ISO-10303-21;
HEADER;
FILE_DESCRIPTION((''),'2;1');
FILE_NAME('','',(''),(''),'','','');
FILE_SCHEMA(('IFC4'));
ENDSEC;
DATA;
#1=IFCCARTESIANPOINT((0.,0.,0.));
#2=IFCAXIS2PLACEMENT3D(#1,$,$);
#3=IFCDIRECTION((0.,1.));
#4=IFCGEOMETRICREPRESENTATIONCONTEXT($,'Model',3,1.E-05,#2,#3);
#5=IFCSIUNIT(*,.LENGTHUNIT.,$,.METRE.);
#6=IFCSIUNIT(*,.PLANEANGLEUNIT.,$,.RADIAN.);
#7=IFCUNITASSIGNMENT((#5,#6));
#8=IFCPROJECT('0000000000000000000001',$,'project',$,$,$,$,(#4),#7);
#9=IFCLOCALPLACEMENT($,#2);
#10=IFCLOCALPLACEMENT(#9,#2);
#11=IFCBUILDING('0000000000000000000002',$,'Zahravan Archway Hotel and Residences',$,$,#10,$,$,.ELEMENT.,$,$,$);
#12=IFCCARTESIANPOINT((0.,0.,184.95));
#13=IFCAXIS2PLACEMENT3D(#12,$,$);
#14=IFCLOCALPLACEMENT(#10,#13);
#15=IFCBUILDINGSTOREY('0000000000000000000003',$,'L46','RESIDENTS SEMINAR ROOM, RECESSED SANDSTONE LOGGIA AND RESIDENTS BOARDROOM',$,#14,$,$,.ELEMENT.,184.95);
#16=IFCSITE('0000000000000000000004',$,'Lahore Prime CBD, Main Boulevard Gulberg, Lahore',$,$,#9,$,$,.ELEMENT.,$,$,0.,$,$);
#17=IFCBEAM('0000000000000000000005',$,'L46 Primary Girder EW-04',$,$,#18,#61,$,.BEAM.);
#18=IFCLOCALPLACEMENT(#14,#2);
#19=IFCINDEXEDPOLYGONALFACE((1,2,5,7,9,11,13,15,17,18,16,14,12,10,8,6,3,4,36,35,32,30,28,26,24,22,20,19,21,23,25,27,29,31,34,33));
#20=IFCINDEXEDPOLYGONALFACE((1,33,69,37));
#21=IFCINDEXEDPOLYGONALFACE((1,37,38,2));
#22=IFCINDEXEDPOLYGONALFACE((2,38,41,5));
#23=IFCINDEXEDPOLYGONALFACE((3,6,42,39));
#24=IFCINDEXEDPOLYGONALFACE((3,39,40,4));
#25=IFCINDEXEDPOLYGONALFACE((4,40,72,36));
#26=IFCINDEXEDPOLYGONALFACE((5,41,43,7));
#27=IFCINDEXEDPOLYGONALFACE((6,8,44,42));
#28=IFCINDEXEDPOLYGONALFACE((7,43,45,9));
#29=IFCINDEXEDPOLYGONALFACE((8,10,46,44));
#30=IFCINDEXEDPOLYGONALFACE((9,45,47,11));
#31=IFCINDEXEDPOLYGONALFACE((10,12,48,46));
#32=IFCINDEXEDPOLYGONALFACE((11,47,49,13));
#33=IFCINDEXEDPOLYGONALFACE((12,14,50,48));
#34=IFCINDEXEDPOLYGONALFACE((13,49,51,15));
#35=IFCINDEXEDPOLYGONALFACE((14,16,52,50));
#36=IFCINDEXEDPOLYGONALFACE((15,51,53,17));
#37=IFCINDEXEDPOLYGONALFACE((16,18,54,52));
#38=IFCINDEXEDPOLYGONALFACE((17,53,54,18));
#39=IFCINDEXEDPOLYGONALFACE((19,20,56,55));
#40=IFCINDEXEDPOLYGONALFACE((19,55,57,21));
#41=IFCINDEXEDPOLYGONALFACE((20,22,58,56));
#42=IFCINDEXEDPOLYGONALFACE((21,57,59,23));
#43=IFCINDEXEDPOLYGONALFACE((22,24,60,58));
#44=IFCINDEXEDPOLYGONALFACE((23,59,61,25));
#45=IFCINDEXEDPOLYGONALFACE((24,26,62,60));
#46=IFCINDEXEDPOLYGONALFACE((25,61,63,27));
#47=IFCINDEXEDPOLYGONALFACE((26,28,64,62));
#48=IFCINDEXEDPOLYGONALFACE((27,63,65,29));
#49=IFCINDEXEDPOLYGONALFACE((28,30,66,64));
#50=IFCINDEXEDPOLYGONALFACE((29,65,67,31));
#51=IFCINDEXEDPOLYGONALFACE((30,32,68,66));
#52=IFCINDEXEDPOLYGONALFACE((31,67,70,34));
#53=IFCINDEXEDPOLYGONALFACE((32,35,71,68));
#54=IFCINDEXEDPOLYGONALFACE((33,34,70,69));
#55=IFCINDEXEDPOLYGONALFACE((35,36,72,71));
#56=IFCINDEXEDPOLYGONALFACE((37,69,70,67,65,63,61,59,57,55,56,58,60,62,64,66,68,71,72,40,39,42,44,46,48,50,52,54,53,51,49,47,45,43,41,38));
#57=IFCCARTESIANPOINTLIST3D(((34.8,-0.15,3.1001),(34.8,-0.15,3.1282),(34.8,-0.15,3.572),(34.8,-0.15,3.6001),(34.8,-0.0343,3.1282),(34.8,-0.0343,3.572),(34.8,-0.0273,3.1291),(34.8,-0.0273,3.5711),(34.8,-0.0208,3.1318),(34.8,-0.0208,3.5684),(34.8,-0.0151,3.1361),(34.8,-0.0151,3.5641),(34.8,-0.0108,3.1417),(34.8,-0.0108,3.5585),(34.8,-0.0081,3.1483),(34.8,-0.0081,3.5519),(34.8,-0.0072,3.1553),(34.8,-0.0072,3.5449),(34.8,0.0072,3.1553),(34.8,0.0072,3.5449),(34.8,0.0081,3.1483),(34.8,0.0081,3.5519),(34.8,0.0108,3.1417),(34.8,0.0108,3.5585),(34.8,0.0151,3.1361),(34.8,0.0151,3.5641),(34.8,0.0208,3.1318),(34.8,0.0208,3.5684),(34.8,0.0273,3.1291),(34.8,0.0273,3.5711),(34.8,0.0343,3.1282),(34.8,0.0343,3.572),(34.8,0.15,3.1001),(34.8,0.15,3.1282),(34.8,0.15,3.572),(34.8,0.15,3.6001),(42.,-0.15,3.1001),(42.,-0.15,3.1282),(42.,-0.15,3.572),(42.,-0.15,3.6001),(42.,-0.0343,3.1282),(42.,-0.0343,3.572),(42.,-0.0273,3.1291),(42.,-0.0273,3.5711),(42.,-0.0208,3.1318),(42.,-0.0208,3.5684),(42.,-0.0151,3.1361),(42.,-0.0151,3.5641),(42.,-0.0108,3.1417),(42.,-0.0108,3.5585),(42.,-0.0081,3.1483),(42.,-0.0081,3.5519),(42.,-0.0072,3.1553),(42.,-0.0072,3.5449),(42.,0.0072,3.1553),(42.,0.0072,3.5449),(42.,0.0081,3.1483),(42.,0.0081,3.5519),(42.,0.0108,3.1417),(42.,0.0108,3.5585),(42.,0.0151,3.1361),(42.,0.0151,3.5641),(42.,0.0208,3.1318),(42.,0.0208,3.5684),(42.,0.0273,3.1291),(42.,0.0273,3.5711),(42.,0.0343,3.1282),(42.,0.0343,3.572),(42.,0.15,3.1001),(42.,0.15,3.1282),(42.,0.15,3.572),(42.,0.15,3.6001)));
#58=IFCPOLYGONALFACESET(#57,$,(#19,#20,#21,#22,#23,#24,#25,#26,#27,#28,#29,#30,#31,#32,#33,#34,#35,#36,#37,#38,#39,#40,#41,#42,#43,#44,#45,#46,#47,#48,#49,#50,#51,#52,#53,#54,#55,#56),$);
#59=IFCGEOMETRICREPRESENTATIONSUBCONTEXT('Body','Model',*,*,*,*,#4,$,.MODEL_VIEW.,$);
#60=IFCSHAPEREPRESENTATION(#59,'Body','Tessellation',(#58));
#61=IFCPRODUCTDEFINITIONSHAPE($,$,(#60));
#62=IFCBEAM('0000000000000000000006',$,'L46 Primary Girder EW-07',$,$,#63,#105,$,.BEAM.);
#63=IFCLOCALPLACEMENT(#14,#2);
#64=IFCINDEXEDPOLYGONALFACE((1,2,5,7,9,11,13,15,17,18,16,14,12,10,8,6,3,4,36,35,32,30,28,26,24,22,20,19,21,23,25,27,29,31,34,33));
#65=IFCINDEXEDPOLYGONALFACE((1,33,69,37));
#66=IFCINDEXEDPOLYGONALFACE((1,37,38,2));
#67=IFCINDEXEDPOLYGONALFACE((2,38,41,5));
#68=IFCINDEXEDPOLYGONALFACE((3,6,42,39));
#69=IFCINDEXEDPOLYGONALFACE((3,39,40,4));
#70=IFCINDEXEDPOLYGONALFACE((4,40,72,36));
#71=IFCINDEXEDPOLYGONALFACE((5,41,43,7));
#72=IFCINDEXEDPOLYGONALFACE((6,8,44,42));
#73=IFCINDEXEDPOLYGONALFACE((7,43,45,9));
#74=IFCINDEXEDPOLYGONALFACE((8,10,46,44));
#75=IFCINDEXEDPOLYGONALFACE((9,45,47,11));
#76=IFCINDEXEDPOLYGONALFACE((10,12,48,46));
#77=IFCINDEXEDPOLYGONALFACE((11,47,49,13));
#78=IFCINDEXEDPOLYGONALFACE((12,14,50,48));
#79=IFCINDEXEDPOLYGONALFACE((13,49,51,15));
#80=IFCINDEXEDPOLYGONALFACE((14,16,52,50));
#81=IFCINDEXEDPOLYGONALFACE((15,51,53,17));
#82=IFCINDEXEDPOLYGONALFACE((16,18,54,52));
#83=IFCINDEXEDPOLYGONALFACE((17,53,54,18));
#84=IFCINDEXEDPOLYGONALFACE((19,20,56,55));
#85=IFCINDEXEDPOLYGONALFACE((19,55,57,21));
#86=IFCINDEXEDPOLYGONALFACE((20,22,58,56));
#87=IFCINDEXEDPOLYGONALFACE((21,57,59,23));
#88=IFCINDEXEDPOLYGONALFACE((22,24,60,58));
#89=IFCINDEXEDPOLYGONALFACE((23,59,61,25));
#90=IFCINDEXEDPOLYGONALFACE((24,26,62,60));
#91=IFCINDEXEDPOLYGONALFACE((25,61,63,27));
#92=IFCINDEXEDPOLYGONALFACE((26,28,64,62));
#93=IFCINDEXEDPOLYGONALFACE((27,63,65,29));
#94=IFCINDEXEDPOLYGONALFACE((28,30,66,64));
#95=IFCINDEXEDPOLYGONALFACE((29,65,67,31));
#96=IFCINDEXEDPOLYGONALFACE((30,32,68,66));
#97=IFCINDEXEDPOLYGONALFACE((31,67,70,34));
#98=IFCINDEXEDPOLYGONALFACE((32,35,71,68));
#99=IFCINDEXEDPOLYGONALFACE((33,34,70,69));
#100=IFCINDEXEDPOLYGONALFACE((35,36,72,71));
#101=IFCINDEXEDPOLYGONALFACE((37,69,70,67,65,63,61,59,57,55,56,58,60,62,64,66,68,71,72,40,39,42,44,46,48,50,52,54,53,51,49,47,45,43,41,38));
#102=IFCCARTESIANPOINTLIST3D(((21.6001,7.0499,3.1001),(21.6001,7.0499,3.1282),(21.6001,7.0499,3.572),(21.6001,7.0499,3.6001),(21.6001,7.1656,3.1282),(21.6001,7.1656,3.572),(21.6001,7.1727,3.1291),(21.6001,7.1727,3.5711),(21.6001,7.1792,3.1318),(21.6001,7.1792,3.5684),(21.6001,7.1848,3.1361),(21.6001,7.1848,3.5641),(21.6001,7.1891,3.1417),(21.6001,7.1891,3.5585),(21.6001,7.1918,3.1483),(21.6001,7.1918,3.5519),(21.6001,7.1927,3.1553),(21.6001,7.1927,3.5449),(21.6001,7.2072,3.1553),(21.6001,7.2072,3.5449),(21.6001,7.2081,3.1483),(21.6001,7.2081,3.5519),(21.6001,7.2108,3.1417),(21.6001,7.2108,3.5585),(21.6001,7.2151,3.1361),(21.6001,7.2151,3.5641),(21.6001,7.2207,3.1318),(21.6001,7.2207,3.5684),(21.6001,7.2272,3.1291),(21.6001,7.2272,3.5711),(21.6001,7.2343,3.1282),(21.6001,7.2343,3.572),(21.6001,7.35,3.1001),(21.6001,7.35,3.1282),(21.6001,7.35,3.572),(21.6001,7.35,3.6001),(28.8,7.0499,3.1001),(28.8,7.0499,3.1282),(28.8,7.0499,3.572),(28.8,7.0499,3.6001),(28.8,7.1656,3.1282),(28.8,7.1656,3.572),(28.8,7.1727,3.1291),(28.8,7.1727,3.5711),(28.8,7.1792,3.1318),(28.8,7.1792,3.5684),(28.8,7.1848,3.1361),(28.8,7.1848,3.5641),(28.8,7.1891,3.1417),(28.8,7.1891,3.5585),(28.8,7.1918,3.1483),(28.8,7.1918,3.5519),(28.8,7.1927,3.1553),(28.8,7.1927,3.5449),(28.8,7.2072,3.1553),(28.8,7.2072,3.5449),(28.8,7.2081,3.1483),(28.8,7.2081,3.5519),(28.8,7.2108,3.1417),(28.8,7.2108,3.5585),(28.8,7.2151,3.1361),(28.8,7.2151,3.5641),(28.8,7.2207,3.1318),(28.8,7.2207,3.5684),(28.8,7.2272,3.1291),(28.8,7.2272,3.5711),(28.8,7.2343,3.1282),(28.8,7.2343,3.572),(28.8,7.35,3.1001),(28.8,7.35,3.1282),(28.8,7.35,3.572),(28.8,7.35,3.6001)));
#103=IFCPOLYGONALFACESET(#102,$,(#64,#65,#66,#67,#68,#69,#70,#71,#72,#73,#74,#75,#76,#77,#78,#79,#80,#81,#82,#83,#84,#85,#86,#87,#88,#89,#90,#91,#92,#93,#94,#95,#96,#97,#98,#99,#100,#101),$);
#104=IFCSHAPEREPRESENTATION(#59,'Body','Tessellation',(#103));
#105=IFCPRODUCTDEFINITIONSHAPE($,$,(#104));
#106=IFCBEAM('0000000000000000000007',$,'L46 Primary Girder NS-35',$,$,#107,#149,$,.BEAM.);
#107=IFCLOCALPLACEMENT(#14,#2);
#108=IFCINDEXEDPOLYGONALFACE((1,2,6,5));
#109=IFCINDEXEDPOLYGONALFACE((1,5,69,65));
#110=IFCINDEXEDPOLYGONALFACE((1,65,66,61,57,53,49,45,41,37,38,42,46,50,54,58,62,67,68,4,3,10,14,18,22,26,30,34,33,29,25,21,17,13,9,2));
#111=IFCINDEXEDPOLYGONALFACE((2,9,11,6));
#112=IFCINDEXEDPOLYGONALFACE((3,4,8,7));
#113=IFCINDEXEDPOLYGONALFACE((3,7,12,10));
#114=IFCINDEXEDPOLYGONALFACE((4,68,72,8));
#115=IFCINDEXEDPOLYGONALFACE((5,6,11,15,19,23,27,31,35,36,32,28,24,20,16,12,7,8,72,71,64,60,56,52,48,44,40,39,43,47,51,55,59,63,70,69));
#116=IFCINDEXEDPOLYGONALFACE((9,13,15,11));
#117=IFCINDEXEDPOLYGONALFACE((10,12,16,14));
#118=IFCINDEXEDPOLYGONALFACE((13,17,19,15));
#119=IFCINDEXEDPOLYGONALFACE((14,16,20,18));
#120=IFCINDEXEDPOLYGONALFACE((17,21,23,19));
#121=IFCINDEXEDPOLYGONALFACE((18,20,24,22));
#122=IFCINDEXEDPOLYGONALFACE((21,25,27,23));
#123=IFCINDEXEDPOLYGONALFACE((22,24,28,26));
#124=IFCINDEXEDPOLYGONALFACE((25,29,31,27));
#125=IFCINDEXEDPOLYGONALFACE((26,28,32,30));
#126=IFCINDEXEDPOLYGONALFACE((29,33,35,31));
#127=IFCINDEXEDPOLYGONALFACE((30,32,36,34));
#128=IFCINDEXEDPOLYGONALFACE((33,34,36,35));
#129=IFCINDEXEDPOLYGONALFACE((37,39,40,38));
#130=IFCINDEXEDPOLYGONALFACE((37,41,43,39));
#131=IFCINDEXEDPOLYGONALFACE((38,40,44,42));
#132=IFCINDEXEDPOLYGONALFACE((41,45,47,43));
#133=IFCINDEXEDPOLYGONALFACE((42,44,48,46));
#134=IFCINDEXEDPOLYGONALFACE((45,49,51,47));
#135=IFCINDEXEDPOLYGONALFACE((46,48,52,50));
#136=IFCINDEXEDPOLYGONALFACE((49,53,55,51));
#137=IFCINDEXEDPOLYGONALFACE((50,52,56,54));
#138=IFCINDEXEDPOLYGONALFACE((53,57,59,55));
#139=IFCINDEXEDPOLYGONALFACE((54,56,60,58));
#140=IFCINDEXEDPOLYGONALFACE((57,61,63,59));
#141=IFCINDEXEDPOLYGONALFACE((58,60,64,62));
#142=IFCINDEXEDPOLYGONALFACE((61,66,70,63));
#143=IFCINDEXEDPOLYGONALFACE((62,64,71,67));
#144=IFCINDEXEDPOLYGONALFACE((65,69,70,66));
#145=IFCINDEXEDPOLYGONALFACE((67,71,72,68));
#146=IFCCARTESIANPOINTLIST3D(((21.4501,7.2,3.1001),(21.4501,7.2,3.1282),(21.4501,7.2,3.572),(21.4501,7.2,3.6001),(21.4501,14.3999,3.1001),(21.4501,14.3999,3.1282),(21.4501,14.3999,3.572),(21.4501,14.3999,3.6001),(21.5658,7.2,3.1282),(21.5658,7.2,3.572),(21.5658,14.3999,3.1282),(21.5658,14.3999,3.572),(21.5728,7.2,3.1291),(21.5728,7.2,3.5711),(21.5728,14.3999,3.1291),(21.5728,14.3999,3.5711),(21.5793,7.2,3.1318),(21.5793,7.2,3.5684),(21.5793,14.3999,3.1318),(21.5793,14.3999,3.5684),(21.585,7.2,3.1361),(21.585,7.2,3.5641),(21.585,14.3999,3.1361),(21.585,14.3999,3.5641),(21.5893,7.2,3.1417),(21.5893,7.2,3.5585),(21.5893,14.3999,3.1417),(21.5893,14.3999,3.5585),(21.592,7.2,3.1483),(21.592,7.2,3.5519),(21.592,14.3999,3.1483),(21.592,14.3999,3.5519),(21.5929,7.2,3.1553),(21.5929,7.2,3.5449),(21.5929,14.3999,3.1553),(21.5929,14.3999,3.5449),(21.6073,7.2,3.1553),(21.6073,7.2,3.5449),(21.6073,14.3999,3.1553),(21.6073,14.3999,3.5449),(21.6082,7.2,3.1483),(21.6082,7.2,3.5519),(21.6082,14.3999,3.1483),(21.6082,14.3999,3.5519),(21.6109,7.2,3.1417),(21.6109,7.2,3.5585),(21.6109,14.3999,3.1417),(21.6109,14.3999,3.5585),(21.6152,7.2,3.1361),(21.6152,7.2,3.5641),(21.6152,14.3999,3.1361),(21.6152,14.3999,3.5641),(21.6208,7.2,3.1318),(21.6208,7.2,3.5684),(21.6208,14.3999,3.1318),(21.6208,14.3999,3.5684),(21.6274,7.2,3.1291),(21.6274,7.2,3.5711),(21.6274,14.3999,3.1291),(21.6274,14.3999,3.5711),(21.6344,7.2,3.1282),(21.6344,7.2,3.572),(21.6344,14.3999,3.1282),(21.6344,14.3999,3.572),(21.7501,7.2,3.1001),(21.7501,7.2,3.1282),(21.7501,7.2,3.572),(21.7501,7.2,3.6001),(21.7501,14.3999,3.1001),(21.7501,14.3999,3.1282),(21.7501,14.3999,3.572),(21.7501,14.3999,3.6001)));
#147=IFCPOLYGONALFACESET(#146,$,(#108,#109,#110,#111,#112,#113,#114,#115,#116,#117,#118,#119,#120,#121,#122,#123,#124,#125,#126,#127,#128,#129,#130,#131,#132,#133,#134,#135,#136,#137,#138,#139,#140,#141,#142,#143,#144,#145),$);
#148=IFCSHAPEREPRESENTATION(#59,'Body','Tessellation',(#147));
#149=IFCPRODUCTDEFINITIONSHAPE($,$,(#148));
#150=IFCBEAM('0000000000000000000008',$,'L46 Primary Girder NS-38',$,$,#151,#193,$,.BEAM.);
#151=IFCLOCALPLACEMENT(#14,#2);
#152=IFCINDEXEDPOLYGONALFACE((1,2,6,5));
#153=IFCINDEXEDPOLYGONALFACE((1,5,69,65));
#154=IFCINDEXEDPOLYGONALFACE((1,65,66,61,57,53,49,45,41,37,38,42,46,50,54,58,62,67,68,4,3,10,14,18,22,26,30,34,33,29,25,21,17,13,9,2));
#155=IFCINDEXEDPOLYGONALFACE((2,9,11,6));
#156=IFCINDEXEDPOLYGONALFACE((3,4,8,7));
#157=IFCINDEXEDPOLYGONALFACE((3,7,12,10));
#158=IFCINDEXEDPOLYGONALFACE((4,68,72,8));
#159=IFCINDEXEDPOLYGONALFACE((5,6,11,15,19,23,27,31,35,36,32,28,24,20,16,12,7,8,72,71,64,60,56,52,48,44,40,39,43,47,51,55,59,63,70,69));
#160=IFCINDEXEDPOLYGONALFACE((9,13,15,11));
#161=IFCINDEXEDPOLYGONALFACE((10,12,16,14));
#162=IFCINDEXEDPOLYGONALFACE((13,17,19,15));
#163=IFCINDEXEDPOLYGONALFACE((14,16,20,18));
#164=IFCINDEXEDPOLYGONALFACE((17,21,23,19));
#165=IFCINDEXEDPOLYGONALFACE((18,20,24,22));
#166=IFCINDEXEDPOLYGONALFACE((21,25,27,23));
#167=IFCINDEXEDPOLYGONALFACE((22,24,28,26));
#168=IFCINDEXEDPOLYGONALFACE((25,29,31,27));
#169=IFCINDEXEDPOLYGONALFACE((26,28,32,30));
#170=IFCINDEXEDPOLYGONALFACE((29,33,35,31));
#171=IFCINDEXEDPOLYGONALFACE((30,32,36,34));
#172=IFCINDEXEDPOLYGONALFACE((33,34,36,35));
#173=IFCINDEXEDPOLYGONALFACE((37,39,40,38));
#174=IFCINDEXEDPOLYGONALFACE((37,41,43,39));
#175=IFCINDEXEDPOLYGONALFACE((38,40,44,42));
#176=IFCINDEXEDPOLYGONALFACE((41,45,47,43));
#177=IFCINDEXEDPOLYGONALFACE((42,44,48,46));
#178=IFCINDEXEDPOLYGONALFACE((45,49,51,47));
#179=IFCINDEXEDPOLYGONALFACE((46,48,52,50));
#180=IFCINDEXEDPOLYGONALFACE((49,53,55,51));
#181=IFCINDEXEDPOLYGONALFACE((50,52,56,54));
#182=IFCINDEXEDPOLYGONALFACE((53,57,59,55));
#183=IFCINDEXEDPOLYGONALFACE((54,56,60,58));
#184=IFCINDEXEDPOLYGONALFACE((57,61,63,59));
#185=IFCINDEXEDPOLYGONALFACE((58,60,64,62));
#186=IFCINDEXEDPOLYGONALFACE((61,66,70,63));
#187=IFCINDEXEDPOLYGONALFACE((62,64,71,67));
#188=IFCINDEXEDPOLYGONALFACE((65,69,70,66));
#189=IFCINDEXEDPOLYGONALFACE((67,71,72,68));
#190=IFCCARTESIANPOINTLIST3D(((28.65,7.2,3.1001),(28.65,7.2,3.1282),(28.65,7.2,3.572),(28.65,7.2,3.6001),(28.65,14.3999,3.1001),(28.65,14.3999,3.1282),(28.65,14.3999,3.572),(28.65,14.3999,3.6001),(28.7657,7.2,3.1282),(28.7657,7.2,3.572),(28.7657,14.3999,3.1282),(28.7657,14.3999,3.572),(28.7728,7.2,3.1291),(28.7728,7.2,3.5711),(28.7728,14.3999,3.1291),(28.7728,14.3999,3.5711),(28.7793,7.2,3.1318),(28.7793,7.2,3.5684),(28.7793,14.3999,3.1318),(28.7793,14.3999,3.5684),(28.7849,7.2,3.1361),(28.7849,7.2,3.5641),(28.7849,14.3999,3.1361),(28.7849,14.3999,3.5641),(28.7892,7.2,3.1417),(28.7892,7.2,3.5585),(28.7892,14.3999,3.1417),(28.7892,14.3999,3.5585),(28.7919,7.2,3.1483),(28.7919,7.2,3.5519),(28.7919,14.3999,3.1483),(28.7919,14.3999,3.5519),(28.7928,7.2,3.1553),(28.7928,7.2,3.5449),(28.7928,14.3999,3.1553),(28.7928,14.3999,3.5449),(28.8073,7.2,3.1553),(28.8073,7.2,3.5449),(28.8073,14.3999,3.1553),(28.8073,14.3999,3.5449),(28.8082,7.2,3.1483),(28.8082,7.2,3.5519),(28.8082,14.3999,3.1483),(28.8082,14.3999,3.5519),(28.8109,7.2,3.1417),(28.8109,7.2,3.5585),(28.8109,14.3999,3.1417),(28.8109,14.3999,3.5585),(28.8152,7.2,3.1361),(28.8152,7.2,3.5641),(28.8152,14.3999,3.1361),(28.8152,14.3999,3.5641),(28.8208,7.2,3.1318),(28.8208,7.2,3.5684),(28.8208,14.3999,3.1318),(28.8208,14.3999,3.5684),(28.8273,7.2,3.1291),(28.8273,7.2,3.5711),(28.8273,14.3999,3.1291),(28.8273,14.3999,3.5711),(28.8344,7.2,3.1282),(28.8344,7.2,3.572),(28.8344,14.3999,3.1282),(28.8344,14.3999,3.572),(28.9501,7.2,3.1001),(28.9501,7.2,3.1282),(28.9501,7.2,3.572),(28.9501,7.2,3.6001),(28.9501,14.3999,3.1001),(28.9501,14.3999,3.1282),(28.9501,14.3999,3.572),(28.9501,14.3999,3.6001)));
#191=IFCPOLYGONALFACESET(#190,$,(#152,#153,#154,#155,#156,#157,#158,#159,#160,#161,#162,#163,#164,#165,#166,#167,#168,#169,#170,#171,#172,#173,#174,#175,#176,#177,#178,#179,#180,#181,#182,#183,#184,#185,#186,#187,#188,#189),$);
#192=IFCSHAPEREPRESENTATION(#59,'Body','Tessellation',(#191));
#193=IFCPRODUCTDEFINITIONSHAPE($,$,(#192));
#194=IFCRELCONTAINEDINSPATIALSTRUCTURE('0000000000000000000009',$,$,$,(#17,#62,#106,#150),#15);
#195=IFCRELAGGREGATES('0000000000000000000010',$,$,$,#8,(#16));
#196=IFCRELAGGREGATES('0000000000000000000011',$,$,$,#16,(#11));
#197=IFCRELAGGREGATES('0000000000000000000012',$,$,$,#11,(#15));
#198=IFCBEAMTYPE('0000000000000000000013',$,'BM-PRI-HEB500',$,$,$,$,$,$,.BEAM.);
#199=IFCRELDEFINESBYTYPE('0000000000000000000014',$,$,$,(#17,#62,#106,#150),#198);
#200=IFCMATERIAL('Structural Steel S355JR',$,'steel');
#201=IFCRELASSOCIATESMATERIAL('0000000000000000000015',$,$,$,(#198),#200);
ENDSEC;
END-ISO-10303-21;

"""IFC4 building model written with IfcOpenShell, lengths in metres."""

from ifc_helpers import new_model, si_unit, direction, frame, origin, origin_2d, place, context, subcontext, project, spatial, i_section, extrude, source, transform, mapped, material, material_profile, profile_set, type_object, element, save


model = new_model("IFC4")

# Units and contexts
model_context = context("Model", 3, precision=1e-05, world=origin(), true_north=direction((0.0, 1.0)))
body_context = subcontext(model_context, "Body", "Model", "MODEL_VIEW")
ifc_project = project(units=[si_unit("LENGTHUNIT", "METRE"), si_unit("PLANEANGLEUNIT", "RADIAN")], contexts=[model_context])

# Site, building, storey
site_placement = place(None, origin())
site = spatial("IfcSite", under=ifc_project, at=site_placement, Name="Lahore Prime CBD, Main Boulevard Gulberg, Lahore", CompositionType="ELEMENT", RefElevation=0.0)
building_placement = place(site_placement, origin())
building = spatial("IfcBuilding", under=site, at=building_placement, Name="Zahravan Archway Hotel and Residences", CompositionType="ELEMENT")
storey_placement = place(building_placement, frame((0.0, 0.0, 184.95)))
storey = spatial("IfcBuildingStorey", under=building, at=storey_placement, Name="L46", Description="RESIDENTS SEMINAR ROOM, RECESSED SANDSTONE LOGGIA AND RESIDENTS BOARDROOM", CompositionType="ELEMENT", Elevation=184.95)

# Beams
ifc_material_1 = material(Name="Structural Steel S355JR", Category="steel")
ifc_material_profile_1 = material_profile(ifc_material_1, i_section(OverallWidth=0.3, OverallDepth=0.5, WebThickness=0.0144, FlangeThickness=0.0281, FilletRadius=0.0271, at=origin_2d()), Name="HEB 500", Category="steel")
ifc_profile_set_1 = profile_set([ifc_material_profile_1], Name="Structural Steel S355JR")
beam_type_1 = type_object("IfcBeamType", Name="BM-PRI-HEB500", PredefinedType="BEAM", material=ifc_profile_set_1)
shared_shape_1 = source(origin(), body_context, "Body", "SweptSolid", [
    extrude(i_section(OverallWidth=0.3, OverallDepth=0.5, WebThickness=0.0144, FlangeThickness=0.0281, FilletRadius=0.0271, at=origin_2d()), origin(), (0.0, 0.0, 1.0), 7.2),
])
for number, where, z_axis, x_axis, name in (
    (1, (34.8, 0.0, 3.3501), (1.0, 0.0, 0.0), (0.0, 1.0, 0.0), "L46 Primary Girder EW-04"),
    (2, (21.6001, 7.2, 3.3501), (1.0, 0.0, 0.0), (0.0, 1.0, 0.0), "L46 Primary Girder EW-07"),
    (3, (21.6001, 7.2, 3.3501), (0.0, 1.0, 0.0), (-1.0, 0.0, 0.0), "L46 Primary Girder NS-35"),
    (4, (28.8, 7.2, 3.3501), (0.0, 1.0, 0.0), (-1.0, 0.0, 0.0), "L46 Primary Girder NS-38"),
):
    element("IfcBeam", number, at=place(storey_placement, frame(where, z_axis=z_axis, x_axis=x_axis)), inside=storey, type_object=beam_type_1, Name=name, PredefinedType="BEAM", context=body_context, shape_type="MappedRepresentation", body=[
        mapped(shared_shape_1, transform((0.0, 0.0, 0.0), scale=1.0)),
    ])

save(model, "model.ifc")
